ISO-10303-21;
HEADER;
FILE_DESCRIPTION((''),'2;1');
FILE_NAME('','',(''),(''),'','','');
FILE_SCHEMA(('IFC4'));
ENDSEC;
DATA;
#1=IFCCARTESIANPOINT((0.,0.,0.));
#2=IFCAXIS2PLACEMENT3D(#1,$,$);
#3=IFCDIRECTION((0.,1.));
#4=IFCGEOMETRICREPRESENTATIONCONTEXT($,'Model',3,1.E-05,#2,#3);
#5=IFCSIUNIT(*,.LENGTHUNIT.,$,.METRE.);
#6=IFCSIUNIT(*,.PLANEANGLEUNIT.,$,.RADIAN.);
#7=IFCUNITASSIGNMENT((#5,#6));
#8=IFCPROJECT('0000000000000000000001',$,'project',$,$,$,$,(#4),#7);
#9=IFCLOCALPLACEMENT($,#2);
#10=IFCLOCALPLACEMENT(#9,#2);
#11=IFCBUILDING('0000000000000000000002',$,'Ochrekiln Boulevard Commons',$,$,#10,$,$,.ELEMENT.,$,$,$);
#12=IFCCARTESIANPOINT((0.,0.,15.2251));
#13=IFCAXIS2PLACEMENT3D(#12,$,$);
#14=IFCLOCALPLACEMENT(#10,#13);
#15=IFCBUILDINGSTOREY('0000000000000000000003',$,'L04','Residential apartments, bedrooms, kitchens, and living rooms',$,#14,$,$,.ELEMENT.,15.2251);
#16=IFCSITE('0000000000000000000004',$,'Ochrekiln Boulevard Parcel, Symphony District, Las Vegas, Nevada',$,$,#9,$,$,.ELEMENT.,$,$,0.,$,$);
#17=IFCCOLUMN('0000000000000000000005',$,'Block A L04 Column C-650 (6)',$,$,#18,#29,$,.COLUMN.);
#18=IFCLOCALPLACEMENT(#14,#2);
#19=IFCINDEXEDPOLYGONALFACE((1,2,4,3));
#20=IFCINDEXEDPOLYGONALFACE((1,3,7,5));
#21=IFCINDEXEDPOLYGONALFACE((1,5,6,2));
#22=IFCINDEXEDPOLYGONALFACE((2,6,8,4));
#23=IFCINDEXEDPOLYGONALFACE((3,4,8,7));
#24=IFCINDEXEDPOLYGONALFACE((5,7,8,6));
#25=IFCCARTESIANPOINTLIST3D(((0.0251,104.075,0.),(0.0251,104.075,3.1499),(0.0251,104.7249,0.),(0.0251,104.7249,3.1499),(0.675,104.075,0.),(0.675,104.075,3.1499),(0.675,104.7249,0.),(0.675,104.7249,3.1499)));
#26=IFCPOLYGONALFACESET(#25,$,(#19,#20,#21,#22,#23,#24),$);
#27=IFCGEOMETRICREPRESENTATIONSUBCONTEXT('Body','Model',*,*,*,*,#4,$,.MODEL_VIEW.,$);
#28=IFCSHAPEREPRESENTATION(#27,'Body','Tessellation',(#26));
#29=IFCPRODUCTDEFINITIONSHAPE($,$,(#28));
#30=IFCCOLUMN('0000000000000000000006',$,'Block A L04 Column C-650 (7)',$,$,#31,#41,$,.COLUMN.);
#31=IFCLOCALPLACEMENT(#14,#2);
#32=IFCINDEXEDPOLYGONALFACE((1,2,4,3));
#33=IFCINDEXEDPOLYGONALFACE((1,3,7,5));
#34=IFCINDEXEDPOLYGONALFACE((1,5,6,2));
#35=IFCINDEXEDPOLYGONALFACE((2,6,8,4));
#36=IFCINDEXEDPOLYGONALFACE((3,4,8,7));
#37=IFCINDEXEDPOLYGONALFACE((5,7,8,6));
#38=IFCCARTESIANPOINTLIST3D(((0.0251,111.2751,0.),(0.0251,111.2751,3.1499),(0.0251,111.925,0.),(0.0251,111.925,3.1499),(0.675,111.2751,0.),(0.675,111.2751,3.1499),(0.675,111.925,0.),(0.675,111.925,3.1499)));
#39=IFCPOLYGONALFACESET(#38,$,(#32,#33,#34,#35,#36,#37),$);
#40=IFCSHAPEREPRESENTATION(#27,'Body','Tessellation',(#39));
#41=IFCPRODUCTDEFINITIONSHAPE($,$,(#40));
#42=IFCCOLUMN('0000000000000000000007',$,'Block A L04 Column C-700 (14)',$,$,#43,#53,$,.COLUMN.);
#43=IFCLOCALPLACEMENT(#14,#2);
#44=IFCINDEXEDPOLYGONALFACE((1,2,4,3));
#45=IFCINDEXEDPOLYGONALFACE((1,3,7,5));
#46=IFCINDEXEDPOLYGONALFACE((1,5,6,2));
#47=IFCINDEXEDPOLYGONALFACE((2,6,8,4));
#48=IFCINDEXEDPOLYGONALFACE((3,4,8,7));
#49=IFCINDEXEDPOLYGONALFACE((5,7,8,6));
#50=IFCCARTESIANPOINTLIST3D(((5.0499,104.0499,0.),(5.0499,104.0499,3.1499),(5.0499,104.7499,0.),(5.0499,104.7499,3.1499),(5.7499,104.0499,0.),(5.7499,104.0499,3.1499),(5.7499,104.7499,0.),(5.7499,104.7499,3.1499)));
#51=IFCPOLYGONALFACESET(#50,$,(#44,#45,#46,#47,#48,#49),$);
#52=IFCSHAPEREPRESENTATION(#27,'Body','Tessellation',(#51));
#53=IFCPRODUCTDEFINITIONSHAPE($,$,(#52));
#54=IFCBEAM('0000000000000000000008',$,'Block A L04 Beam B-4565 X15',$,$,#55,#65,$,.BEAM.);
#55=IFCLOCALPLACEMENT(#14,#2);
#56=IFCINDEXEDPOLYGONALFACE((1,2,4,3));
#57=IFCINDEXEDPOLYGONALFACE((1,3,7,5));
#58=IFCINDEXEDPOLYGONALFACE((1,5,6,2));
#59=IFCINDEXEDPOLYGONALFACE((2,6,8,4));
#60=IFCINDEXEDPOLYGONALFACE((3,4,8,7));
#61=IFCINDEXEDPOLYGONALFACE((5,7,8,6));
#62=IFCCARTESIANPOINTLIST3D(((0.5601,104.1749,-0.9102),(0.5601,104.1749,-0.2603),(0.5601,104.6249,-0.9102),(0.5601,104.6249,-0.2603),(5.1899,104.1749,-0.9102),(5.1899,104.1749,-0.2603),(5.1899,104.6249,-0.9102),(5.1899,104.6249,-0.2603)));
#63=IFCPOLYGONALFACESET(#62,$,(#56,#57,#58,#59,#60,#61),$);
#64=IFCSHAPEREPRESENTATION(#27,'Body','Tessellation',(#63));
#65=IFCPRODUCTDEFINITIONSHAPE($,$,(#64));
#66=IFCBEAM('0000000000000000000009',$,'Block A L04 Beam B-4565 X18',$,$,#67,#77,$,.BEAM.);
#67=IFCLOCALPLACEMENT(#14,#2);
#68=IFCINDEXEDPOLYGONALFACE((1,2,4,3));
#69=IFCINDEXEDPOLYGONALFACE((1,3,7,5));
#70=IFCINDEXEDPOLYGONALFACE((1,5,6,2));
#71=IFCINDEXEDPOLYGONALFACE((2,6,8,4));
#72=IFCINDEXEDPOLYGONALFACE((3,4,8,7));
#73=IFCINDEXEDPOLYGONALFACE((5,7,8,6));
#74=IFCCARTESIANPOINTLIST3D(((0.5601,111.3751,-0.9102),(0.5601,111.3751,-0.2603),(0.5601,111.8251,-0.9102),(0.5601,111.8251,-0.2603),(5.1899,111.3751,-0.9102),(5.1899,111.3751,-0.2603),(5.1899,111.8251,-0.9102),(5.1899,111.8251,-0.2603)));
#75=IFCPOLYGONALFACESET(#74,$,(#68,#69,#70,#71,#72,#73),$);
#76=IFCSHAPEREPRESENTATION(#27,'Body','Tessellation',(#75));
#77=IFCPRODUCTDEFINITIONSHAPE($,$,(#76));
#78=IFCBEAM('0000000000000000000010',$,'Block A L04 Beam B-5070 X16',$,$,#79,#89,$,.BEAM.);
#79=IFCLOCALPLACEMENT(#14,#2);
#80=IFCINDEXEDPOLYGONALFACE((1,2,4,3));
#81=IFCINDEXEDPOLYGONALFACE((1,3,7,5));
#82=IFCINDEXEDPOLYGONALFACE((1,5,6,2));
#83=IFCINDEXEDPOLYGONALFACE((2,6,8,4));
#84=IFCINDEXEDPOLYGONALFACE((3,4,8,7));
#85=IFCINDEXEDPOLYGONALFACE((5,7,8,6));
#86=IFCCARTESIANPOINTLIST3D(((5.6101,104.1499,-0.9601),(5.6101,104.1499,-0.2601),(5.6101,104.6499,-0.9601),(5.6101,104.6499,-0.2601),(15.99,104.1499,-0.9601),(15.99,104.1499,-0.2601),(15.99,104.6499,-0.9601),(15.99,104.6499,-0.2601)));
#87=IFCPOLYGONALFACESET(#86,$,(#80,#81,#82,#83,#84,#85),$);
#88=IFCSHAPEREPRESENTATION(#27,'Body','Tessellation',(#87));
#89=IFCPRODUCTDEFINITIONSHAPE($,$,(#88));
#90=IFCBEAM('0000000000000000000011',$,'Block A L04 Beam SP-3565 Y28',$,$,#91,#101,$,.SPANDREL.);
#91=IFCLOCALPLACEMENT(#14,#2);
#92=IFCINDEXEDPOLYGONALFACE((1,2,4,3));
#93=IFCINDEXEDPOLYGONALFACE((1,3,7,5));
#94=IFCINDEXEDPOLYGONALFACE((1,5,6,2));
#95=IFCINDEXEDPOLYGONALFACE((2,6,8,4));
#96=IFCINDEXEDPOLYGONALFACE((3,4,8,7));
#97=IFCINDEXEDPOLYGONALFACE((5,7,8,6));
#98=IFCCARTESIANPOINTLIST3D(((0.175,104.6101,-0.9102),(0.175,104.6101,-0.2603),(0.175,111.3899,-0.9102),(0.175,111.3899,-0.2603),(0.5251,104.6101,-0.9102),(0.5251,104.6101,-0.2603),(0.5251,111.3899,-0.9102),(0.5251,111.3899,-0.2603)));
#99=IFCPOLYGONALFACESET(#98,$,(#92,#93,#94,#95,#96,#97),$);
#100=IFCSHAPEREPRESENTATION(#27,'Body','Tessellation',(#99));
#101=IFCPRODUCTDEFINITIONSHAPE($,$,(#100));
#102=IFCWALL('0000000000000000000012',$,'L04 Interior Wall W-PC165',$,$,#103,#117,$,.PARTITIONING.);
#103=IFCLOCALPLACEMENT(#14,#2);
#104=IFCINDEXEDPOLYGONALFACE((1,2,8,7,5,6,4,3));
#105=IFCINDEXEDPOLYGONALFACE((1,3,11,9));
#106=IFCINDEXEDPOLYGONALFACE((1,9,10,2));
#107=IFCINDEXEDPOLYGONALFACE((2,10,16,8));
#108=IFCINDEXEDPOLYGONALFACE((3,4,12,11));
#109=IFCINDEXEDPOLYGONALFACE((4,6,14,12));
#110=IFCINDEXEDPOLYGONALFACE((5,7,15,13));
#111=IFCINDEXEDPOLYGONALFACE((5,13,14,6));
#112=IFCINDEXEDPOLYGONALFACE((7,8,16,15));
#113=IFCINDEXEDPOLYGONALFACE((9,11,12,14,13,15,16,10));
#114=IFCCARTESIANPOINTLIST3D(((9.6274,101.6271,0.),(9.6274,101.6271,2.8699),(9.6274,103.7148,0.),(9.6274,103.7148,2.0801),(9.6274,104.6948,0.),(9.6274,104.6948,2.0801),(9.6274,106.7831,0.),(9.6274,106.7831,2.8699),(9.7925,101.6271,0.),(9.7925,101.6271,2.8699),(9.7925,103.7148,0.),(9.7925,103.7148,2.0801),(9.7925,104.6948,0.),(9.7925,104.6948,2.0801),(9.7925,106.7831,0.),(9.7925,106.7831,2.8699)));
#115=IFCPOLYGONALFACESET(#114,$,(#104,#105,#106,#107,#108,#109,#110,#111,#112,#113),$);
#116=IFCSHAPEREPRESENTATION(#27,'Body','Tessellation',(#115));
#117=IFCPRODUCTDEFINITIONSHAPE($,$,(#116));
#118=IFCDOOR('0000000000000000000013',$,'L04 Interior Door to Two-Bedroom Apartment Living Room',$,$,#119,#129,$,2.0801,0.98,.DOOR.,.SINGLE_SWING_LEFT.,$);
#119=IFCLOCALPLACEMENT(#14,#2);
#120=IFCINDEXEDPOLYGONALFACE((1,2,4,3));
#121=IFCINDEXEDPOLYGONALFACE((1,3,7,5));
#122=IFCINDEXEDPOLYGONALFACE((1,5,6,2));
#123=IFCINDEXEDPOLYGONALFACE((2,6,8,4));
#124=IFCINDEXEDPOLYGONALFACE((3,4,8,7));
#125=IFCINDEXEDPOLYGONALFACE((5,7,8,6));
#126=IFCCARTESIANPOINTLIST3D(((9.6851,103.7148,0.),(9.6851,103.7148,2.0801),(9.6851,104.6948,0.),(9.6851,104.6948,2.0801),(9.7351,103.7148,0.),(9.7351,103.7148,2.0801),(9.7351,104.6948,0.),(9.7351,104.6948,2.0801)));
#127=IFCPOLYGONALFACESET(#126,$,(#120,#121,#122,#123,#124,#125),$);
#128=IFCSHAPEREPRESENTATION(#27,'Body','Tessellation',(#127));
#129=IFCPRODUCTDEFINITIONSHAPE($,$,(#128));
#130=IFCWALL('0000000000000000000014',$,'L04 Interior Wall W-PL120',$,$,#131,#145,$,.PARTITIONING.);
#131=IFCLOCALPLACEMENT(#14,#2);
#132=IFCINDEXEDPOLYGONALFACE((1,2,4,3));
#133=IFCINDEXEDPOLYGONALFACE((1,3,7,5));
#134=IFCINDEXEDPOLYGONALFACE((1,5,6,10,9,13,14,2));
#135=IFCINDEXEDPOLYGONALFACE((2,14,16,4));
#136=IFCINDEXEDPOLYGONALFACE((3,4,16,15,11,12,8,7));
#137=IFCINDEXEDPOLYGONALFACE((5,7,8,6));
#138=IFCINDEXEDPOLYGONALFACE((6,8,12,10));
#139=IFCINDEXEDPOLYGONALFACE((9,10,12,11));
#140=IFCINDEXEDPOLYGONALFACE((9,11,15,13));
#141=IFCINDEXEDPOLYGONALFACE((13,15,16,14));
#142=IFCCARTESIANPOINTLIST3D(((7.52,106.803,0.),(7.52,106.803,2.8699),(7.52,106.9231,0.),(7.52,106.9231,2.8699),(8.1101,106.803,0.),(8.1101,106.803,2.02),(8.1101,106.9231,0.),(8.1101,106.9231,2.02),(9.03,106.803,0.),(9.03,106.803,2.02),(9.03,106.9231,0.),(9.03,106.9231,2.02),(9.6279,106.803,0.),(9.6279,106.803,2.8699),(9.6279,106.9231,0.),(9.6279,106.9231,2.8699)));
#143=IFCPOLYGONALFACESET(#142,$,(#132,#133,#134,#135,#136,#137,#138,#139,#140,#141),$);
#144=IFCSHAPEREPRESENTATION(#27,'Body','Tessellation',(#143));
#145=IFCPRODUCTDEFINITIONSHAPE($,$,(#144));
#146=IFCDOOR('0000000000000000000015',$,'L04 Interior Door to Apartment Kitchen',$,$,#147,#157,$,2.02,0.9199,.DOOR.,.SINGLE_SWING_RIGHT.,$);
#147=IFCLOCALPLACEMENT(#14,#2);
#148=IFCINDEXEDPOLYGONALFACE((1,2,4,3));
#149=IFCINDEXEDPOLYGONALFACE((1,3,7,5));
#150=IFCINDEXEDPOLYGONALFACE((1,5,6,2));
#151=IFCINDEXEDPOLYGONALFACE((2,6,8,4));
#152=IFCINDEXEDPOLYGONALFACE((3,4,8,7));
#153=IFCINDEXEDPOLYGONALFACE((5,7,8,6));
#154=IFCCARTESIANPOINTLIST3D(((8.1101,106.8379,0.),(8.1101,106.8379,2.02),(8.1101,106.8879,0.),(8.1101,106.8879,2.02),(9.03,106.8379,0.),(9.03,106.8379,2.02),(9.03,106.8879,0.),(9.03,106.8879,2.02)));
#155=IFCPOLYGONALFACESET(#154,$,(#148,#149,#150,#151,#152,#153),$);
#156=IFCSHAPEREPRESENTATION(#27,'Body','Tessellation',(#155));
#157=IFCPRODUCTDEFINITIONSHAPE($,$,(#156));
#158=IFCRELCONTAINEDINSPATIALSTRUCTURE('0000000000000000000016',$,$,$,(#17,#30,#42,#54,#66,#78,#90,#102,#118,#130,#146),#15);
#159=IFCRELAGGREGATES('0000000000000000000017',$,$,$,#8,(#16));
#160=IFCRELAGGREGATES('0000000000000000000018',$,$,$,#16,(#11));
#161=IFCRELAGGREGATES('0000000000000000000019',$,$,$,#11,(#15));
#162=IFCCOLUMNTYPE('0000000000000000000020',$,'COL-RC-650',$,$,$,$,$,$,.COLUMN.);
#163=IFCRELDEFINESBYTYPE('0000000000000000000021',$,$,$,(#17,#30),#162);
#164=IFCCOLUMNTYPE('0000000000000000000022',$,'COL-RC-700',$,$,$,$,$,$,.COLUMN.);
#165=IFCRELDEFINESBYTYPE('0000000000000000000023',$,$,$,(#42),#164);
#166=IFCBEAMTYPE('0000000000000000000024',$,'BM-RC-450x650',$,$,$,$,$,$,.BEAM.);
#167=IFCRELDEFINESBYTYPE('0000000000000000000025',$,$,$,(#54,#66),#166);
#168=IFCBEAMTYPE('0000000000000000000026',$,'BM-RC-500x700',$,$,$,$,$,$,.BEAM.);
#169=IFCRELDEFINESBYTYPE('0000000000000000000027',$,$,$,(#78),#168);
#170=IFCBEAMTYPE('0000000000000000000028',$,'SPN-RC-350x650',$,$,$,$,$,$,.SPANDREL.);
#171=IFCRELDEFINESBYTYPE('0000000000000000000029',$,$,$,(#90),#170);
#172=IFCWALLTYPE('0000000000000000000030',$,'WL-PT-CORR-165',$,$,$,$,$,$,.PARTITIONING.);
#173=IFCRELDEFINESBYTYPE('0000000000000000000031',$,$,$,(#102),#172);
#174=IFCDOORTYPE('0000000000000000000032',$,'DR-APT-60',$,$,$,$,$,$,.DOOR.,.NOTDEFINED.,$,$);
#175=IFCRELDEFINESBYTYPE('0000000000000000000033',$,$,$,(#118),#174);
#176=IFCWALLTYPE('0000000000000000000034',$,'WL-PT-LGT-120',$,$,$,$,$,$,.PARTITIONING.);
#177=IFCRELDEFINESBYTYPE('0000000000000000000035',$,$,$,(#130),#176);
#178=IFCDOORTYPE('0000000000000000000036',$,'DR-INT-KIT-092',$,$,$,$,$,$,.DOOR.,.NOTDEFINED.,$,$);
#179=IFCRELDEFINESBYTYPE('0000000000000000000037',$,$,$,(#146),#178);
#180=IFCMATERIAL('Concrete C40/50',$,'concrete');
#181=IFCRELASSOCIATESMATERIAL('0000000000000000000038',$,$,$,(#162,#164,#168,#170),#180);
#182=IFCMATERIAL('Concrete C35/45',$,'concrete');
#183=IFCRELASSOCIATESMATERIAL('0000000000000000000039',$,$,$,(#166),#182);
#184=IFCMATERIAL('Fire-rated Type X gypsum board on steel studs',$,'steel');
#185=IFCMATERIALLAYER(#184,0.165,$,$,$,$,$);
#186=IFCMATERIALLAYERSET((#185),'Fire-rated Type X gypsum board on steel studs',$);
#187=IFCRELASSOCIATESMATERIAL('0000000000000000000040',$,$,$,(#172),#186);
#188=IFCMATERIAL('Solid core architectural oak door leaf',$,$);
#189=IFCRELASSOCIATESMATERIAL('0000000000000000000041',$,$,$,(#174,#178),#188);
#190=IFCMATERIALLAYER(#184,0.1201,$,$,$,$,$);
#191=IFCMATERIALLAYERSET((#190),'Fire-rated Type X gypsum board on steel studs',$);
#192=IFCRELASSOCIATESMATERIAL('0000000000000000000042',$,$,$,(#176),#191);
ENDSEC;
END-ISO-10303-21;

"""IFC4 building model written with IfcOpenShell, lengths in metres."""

from ifc_helpers import new_model, si_unit, direction, frame, frame_2d, origin, origin_2d, place, context, subcontext, project, spatial, rectangle, extrude, material, layer, layer_set, material_profile, profile_set, type_object, element, fill, save


model = new_model("IFC4")

# Units and contexts
model_context = context("Model", 3, precision=1e-05, world=origin(), true_north=direction((0.0, 1.0)))
body_context = subcontext(model_context, "Body", "Model", "MODEL_VIEW")
ifc_project = project(units=[si_unit("LENGTHUNIT", "METRE"), si_unit("PLANEANGLEUNIT", "RADIAN")], contexts=[model_context])

# Site, building, storey
site_placement = place(None, origin())
site = spatial("IfcSite", under=ifc_project, at=site_placement, Name="Ochrekiln Boulevard Parcel, Symphony District, Las Vegas, Nevada", CompositionType="ELEMENT", RefElevation=0.0)
building_placement = place(site_placement, origin())
building = spatial("IfcBuilding", under=site, at=building_placement, Name="Ochrekiln Boulevard Commons", CompositionType="ELEMENT")
storey_placement = place(building_placement, frame((0.0, 0.0, 15.2251)))
storey = spatial("IfcBuildingStorey", under=building, at=storey_placement, Name="L04", Description="Residential apartments, bedrooms, kitchens, and living rooms", CompositionType="ELEMENT", Elevation=15.2251)

# Columns
ifc_material_1 = material(Name="Concrete C40/50", Category="concrete")
ifc_material_profile_1 = material_profile(ifc_material_1, rectangle(XDim=0.6499, YDim=0.6499, at=origin_2d()), Name="RC-COL-650x650")
ifc_profile_set_1 = profile_set([ifc_material_profile_1], Name="Concrete C40/50")
column_type_1 = type_object("IfcColumnType", Name="COL-RC-650", PredefinedType="COLUMN", material=ifc_profile_set_1)
for number, where, z_axis, x_axis, name in (
    (1, (0.3501, 104.3999, 0.0), (0.0, 0.0, 1.0), (1.0, 0.0, 0.0), "Block A L04 Column C-650 (6)"),
    (2, (0.3501, 111.6001, 0.0), (0.0, 0.0, 1.0), (1.0, 0.0, 0.0), "Block A L04 Column C-650 (7)"),
):
    element("IfcColumn", number, at=place(storey_placement, frame(where, z_axis=z_axis, x_axis=x_axis)), inside=storey, type_object=column_type_1, Name=name, PredefinedType="COLUMN", context=body_context, shape_type="SweptSolid", body=[
        extrude(rectangle(XDim=0.6499, YDim=0.6499, at=origin_2d()), origin(), (0.0, 0.0, 1.0), 3.1499),
    ])
ifc_material_profile_2 = material_profile(ifc_material_1, rectangle(XDim=0.7, YDim=0.7, at=origin_2d()), Name="RC-COL-700x700")
ifc_profile_set_2 = profile_set([ifc_material_profile_2], Name="Concrete C40/50")
column_type_2 = type_object("IfcColumnType", Name="COL-RC-700", PredefinedType="COLUMN", material=ifc_profile_set_2)
column_placement = place(storey_placement, frame((5.3999, 104.3999, 0.0), z_axis=(0.0, 0.0, 1.0), x_axis=(1.0, 0.0, 0.0)))
element("IfcColumn", 3, at=column_placement, inside=storey, type_object=column_type_2, Name="Block A L04 Column C-700 (14)", PredefinedType="COLUMN", context=body_context, shape_type="SweptSolid", body=[
    extrude(rectangle(XDim=0.7, YDim=0.7, at=origin_2d()), origin(), (0.0, 0.0, 1.0), 3.1499),
])

# Beams
ifc_material_2 = material(Name="Concrete C35/45", Category="concrete")
ifc_material_profile_3 = material_profile(ifc_material_2, rectangle(XDim=0.45, YDim=0.6499, at=origin_2d()), Name="RC-BM-450x650")
ifc_profile_set_3 = profile_set([ifc_material_profile_3], Name="Concrete C35/45")
beam_type_1 = type_object("IfcBeamType", Name="BM-RC-450x650", PredefinedType="BEAM", material=ifc_profile_set_3)
for number, where, z_axis, x_axis, name in (
    (4, (0.5601, 104.3999, -0.5852), (1.0, 0.0, 0.0), (0.0, 1.0, 0.0), "Block A L04 Beam B-4565 X15"),
    (5, (0.5601, 111.6001, -0.5852), (1.0, 0.0, 0.0), (0.0, 1.0, 0.0), "Block A L04 Beam B-4565 X18"),
):
    element("IfcBeam", number, at=place(storey_placement, frame(where, z_axis=z_axis, x_axis=x_axis)), inside=storey, type_object=beam_type_1, Name=name, PredefinedType="BEAM", context=body_context, shape_type="SweptSolid", body=[
        extrude(rectangle(XDim=0.45, YDim=0.6499, at=origin_2d()), origin(), (0.0, 0.0, 1.0), 4.6299),
    ])
ifc_material_profile_4 = material_profile(ifc_material_1, rectangle(XDim=0.5, YDim=0.7, at=origin_2d()), Name="RC-BM-500x700")
ifc_profile_set_4 = profile_set([ifc_material_profile_4], Name="Concrete C40/50")
beam_type_2 = type_object("IfcBeamType", Name="BM-RC-500x700", PredefinedType="BEAM", material=ifc_profile_set_4)
beam_1_placement = place(storey_placement, frame((5.6101, 104.3999, -0.6101), z_axis=(1.0, 0.0, 0.0), x_axis=(0.0, 1.0, 0.0)))
element("IfcBeam", 6, at=beam_1_placement, inside=storey, type_object=beam_type_2, Name="Block A L04 Beam B-5070 X16", PredefinedType="BEAM", context=body_context, shape_type="SweptSolid", body=[
    extrude(rectangle(XDim=0.5, YDim=0.7, at=origin_2d()), origin(), (0.0, 0.0, 1.0), 10.3799),
])
ifc_material_profile_5 = material_profile(ifc_material_1, rectangle(XDim=0.3501, YDim=0.6499, at=origin_2d()), Name="RC-SPN-350x650")
ifc_profile_set_5 = profile_set([ifc_material_profile_5], Name="Concrete C40/50")
beam_type_3 = type_object("IfcBeamType", Name="SPN-RC-350x650", PredefinedType="SPANDREL", material=ifc_profile_set_5)
beam_2_placement = place(storey_placement, frame((0.3501, 104.6101, -0.5852), z_axis=(0.0, 1.0, 0.0), x_axis=(-1.0, 0.0, 0.0)))
element("IfcBeam", 7, at=beam_2_placement, inside=storey, type_object=beam_type_3, Name="Block A L04 Beam SP-3565 Y28", PredefinedType="SPANDREL", context=body_context, shape_type="SweptSolid", body=[
    extrude(rectangle(XDim=0.3501, YDim=0.6499, at=origin_2d()), origin(), (0.0, 0.0, 1.0), 6.7798),
])

# Walls, openings, doors
ifc_material_3 = material(Name="Fire-rated Type X gypsum board on steel studs", Category="steel")
ifc_layer_1 = layer(ifc_material_3, 0.165)
ifc_layer_set_1 = layer_set([ifc_layer_1], Name="Fire-rated Type X gypsum board on steel studs")
wall_type_1 = type_object("IfcWallType", Name="WL-PT-CORR-165", PredefinedType="PARTITIONING", material=ifc_layer_set_1)
wall_1_placement = place(storey_placement, frame((9.71, 101.627, 0.0), z_axis=(0.0, 0.0, 1.0), x_axis=(0.0, 1.0, 0.0)))
wall_1 = element("IfcWall", 8, at=wall_1_placement, inside=storey, type_object=wall_type_1, Name="L04 Interior Wall W-PC165", PredefinedType="PARTITIONING", context=body_context, shape_type="SweptSolid", body=[
    extrude(rectangle(XDim=5.156, YDim=0.165, at=frame_2d((2.5781, 0.0))), origin(), (0.0, 0.0, 1.0), 2.8699),
])
opening_1_placement = place(wall_1_placement, frame((2.0879, 0.0, 0.0)))
opening_1 = element("IfcOpeningElement", 9, at=opening_1_placement, cuts=wall_1, PredefinedType="OPENING", context=body_context, shape_type="SweptSolid", body=[
    extrude(rectangle(XDim=0.98, YDim=2.0801, at=frame_2d((0.49, 1.04))), frame((0.0, 0.0925, 0.0), z_axis=(0.0, -1.0, 0.0), x_axis=(1.0, 0.0, 0.0)), (0.0, 0.0, 1.0), 0.1851),
])
ifc_material_4 = material(Name="Solid core architectural oak door leaf")
door_type_1 = type_object("IfcDoorType", Name="DR-APT-60", OperationType="NOTDEFINED", PredefinedType="DOOR", material=ifc_material_4)
door_1_placement = place(opening_1_placement, origin())
door_1 = element("IfcDoor", 10, at=door_1_placement, inside=storey, type_object=door_type_1, Name="L04 Interior Door to Two-Bedroom Apartment Living Room", OperationType="SINGLE_SWING_LEFT", OverallHeight=2.0801, OverallWidth=0.98, PredefinedType="DOOR", context=body_context, shape_type="SweptSolid", body=[
    extrude(rectangle(XDim=0.98, YDim=2.0801, at=frame_2d((0.49, 1.04))), frame((0.0, 0.0249, 0.0), z_axis=(0.0, -1.0, 0.0), x_axis=(1.0, 0.0, 0.0)), (0.0, 0.0, 1.0), 0.05),
])
fill(opening_1, door_1)
ifc_layer_2 = layer(ifc_material_3, 0.1201)
ifc_layer_set_2 = layer_set([ifc_layer_2], Name="Fire-rated Type X gypsum board on steel studs")
wall_type_2 = type_object("IfcWallType", Name="WL-PT-LGT-120", PredefinedType="PARTITIONING", material=ifc_layer_set_2)
wall_2_placement = place(storey_placement, frame((7.52, 106.863, 0.0), z_axis=(0.0, 0.0, 1.0), x_axis=(1.0, 0.0, 0.0)))
wall_2 = element("IfcWall", 11, at=wall_2_placement, inside=storey, type_object=wall_type_2, Name="L04 Interior Wall W-PL120", PredefinedType="PARTITIONING", context=body_context, shape_type="SweptSolid", body=[
    extrude(rectangle(XDim=2.1079, YDim=0.1201, at=frame_2d((1.054, 0.0))), origin(), (0.0, 0.0, 1.0), 2.8699),
])
opening_2_placement = place(wall_2_placement, frame((0.5901, 0.0, 0.0)))
opening_2 = element("IfcOpeningElement", 12, at=opening_2_placement, cuts=wall_2, PredefinedType="OPENING", context=body_context, shape_type="SweptSolid", body=[
    extrude(rectangle(XDim=0.9199, YDim=2.02, at=frame_2d((0.46, 1.01))), frame((0.0, 0.0701, 0.0), z_axis=(0.0, -1.0, 0.0), x_axis=(1.0, 0.0, 0.0)), (0.0, 0.0, 1.0), 0.1401),
])
door_type_2 = type_object("IfcDoorType", Name="DR-INT-KIT-092", OperationType="NOTDEFINED", PredefinedType="DOOR", material=ifc_material_4)
door_2_placement = place(opening_2_placement, origin())
door_2 = element("IfcDoor", 13, at=door_2_placement, inside=storey, type_object=door_type_2, Name="L04 Interior Door to Apartment Kitchen", OperationType="SINGLE_SWING_RIGHT", OverallHeight=2.02, OverallWidth=0.9199, PredefinedType="DOOR", context=body_context, shape_type="SweptSolid", body=[
    extrude(rectangle(XDim=0.9199, YDim=2.02, at=frame_2d((0.46, 1.01))), frame((0.0, 0.0249, 0.0), z_axis=(0.0, -1.0, 0.0), x_axis=(1.0, 0.0, 0.0)), (0.0, 0.0, 1.0), 0.05),
])
fill(opening_2, door_2)

save(model, "model.ifc")
